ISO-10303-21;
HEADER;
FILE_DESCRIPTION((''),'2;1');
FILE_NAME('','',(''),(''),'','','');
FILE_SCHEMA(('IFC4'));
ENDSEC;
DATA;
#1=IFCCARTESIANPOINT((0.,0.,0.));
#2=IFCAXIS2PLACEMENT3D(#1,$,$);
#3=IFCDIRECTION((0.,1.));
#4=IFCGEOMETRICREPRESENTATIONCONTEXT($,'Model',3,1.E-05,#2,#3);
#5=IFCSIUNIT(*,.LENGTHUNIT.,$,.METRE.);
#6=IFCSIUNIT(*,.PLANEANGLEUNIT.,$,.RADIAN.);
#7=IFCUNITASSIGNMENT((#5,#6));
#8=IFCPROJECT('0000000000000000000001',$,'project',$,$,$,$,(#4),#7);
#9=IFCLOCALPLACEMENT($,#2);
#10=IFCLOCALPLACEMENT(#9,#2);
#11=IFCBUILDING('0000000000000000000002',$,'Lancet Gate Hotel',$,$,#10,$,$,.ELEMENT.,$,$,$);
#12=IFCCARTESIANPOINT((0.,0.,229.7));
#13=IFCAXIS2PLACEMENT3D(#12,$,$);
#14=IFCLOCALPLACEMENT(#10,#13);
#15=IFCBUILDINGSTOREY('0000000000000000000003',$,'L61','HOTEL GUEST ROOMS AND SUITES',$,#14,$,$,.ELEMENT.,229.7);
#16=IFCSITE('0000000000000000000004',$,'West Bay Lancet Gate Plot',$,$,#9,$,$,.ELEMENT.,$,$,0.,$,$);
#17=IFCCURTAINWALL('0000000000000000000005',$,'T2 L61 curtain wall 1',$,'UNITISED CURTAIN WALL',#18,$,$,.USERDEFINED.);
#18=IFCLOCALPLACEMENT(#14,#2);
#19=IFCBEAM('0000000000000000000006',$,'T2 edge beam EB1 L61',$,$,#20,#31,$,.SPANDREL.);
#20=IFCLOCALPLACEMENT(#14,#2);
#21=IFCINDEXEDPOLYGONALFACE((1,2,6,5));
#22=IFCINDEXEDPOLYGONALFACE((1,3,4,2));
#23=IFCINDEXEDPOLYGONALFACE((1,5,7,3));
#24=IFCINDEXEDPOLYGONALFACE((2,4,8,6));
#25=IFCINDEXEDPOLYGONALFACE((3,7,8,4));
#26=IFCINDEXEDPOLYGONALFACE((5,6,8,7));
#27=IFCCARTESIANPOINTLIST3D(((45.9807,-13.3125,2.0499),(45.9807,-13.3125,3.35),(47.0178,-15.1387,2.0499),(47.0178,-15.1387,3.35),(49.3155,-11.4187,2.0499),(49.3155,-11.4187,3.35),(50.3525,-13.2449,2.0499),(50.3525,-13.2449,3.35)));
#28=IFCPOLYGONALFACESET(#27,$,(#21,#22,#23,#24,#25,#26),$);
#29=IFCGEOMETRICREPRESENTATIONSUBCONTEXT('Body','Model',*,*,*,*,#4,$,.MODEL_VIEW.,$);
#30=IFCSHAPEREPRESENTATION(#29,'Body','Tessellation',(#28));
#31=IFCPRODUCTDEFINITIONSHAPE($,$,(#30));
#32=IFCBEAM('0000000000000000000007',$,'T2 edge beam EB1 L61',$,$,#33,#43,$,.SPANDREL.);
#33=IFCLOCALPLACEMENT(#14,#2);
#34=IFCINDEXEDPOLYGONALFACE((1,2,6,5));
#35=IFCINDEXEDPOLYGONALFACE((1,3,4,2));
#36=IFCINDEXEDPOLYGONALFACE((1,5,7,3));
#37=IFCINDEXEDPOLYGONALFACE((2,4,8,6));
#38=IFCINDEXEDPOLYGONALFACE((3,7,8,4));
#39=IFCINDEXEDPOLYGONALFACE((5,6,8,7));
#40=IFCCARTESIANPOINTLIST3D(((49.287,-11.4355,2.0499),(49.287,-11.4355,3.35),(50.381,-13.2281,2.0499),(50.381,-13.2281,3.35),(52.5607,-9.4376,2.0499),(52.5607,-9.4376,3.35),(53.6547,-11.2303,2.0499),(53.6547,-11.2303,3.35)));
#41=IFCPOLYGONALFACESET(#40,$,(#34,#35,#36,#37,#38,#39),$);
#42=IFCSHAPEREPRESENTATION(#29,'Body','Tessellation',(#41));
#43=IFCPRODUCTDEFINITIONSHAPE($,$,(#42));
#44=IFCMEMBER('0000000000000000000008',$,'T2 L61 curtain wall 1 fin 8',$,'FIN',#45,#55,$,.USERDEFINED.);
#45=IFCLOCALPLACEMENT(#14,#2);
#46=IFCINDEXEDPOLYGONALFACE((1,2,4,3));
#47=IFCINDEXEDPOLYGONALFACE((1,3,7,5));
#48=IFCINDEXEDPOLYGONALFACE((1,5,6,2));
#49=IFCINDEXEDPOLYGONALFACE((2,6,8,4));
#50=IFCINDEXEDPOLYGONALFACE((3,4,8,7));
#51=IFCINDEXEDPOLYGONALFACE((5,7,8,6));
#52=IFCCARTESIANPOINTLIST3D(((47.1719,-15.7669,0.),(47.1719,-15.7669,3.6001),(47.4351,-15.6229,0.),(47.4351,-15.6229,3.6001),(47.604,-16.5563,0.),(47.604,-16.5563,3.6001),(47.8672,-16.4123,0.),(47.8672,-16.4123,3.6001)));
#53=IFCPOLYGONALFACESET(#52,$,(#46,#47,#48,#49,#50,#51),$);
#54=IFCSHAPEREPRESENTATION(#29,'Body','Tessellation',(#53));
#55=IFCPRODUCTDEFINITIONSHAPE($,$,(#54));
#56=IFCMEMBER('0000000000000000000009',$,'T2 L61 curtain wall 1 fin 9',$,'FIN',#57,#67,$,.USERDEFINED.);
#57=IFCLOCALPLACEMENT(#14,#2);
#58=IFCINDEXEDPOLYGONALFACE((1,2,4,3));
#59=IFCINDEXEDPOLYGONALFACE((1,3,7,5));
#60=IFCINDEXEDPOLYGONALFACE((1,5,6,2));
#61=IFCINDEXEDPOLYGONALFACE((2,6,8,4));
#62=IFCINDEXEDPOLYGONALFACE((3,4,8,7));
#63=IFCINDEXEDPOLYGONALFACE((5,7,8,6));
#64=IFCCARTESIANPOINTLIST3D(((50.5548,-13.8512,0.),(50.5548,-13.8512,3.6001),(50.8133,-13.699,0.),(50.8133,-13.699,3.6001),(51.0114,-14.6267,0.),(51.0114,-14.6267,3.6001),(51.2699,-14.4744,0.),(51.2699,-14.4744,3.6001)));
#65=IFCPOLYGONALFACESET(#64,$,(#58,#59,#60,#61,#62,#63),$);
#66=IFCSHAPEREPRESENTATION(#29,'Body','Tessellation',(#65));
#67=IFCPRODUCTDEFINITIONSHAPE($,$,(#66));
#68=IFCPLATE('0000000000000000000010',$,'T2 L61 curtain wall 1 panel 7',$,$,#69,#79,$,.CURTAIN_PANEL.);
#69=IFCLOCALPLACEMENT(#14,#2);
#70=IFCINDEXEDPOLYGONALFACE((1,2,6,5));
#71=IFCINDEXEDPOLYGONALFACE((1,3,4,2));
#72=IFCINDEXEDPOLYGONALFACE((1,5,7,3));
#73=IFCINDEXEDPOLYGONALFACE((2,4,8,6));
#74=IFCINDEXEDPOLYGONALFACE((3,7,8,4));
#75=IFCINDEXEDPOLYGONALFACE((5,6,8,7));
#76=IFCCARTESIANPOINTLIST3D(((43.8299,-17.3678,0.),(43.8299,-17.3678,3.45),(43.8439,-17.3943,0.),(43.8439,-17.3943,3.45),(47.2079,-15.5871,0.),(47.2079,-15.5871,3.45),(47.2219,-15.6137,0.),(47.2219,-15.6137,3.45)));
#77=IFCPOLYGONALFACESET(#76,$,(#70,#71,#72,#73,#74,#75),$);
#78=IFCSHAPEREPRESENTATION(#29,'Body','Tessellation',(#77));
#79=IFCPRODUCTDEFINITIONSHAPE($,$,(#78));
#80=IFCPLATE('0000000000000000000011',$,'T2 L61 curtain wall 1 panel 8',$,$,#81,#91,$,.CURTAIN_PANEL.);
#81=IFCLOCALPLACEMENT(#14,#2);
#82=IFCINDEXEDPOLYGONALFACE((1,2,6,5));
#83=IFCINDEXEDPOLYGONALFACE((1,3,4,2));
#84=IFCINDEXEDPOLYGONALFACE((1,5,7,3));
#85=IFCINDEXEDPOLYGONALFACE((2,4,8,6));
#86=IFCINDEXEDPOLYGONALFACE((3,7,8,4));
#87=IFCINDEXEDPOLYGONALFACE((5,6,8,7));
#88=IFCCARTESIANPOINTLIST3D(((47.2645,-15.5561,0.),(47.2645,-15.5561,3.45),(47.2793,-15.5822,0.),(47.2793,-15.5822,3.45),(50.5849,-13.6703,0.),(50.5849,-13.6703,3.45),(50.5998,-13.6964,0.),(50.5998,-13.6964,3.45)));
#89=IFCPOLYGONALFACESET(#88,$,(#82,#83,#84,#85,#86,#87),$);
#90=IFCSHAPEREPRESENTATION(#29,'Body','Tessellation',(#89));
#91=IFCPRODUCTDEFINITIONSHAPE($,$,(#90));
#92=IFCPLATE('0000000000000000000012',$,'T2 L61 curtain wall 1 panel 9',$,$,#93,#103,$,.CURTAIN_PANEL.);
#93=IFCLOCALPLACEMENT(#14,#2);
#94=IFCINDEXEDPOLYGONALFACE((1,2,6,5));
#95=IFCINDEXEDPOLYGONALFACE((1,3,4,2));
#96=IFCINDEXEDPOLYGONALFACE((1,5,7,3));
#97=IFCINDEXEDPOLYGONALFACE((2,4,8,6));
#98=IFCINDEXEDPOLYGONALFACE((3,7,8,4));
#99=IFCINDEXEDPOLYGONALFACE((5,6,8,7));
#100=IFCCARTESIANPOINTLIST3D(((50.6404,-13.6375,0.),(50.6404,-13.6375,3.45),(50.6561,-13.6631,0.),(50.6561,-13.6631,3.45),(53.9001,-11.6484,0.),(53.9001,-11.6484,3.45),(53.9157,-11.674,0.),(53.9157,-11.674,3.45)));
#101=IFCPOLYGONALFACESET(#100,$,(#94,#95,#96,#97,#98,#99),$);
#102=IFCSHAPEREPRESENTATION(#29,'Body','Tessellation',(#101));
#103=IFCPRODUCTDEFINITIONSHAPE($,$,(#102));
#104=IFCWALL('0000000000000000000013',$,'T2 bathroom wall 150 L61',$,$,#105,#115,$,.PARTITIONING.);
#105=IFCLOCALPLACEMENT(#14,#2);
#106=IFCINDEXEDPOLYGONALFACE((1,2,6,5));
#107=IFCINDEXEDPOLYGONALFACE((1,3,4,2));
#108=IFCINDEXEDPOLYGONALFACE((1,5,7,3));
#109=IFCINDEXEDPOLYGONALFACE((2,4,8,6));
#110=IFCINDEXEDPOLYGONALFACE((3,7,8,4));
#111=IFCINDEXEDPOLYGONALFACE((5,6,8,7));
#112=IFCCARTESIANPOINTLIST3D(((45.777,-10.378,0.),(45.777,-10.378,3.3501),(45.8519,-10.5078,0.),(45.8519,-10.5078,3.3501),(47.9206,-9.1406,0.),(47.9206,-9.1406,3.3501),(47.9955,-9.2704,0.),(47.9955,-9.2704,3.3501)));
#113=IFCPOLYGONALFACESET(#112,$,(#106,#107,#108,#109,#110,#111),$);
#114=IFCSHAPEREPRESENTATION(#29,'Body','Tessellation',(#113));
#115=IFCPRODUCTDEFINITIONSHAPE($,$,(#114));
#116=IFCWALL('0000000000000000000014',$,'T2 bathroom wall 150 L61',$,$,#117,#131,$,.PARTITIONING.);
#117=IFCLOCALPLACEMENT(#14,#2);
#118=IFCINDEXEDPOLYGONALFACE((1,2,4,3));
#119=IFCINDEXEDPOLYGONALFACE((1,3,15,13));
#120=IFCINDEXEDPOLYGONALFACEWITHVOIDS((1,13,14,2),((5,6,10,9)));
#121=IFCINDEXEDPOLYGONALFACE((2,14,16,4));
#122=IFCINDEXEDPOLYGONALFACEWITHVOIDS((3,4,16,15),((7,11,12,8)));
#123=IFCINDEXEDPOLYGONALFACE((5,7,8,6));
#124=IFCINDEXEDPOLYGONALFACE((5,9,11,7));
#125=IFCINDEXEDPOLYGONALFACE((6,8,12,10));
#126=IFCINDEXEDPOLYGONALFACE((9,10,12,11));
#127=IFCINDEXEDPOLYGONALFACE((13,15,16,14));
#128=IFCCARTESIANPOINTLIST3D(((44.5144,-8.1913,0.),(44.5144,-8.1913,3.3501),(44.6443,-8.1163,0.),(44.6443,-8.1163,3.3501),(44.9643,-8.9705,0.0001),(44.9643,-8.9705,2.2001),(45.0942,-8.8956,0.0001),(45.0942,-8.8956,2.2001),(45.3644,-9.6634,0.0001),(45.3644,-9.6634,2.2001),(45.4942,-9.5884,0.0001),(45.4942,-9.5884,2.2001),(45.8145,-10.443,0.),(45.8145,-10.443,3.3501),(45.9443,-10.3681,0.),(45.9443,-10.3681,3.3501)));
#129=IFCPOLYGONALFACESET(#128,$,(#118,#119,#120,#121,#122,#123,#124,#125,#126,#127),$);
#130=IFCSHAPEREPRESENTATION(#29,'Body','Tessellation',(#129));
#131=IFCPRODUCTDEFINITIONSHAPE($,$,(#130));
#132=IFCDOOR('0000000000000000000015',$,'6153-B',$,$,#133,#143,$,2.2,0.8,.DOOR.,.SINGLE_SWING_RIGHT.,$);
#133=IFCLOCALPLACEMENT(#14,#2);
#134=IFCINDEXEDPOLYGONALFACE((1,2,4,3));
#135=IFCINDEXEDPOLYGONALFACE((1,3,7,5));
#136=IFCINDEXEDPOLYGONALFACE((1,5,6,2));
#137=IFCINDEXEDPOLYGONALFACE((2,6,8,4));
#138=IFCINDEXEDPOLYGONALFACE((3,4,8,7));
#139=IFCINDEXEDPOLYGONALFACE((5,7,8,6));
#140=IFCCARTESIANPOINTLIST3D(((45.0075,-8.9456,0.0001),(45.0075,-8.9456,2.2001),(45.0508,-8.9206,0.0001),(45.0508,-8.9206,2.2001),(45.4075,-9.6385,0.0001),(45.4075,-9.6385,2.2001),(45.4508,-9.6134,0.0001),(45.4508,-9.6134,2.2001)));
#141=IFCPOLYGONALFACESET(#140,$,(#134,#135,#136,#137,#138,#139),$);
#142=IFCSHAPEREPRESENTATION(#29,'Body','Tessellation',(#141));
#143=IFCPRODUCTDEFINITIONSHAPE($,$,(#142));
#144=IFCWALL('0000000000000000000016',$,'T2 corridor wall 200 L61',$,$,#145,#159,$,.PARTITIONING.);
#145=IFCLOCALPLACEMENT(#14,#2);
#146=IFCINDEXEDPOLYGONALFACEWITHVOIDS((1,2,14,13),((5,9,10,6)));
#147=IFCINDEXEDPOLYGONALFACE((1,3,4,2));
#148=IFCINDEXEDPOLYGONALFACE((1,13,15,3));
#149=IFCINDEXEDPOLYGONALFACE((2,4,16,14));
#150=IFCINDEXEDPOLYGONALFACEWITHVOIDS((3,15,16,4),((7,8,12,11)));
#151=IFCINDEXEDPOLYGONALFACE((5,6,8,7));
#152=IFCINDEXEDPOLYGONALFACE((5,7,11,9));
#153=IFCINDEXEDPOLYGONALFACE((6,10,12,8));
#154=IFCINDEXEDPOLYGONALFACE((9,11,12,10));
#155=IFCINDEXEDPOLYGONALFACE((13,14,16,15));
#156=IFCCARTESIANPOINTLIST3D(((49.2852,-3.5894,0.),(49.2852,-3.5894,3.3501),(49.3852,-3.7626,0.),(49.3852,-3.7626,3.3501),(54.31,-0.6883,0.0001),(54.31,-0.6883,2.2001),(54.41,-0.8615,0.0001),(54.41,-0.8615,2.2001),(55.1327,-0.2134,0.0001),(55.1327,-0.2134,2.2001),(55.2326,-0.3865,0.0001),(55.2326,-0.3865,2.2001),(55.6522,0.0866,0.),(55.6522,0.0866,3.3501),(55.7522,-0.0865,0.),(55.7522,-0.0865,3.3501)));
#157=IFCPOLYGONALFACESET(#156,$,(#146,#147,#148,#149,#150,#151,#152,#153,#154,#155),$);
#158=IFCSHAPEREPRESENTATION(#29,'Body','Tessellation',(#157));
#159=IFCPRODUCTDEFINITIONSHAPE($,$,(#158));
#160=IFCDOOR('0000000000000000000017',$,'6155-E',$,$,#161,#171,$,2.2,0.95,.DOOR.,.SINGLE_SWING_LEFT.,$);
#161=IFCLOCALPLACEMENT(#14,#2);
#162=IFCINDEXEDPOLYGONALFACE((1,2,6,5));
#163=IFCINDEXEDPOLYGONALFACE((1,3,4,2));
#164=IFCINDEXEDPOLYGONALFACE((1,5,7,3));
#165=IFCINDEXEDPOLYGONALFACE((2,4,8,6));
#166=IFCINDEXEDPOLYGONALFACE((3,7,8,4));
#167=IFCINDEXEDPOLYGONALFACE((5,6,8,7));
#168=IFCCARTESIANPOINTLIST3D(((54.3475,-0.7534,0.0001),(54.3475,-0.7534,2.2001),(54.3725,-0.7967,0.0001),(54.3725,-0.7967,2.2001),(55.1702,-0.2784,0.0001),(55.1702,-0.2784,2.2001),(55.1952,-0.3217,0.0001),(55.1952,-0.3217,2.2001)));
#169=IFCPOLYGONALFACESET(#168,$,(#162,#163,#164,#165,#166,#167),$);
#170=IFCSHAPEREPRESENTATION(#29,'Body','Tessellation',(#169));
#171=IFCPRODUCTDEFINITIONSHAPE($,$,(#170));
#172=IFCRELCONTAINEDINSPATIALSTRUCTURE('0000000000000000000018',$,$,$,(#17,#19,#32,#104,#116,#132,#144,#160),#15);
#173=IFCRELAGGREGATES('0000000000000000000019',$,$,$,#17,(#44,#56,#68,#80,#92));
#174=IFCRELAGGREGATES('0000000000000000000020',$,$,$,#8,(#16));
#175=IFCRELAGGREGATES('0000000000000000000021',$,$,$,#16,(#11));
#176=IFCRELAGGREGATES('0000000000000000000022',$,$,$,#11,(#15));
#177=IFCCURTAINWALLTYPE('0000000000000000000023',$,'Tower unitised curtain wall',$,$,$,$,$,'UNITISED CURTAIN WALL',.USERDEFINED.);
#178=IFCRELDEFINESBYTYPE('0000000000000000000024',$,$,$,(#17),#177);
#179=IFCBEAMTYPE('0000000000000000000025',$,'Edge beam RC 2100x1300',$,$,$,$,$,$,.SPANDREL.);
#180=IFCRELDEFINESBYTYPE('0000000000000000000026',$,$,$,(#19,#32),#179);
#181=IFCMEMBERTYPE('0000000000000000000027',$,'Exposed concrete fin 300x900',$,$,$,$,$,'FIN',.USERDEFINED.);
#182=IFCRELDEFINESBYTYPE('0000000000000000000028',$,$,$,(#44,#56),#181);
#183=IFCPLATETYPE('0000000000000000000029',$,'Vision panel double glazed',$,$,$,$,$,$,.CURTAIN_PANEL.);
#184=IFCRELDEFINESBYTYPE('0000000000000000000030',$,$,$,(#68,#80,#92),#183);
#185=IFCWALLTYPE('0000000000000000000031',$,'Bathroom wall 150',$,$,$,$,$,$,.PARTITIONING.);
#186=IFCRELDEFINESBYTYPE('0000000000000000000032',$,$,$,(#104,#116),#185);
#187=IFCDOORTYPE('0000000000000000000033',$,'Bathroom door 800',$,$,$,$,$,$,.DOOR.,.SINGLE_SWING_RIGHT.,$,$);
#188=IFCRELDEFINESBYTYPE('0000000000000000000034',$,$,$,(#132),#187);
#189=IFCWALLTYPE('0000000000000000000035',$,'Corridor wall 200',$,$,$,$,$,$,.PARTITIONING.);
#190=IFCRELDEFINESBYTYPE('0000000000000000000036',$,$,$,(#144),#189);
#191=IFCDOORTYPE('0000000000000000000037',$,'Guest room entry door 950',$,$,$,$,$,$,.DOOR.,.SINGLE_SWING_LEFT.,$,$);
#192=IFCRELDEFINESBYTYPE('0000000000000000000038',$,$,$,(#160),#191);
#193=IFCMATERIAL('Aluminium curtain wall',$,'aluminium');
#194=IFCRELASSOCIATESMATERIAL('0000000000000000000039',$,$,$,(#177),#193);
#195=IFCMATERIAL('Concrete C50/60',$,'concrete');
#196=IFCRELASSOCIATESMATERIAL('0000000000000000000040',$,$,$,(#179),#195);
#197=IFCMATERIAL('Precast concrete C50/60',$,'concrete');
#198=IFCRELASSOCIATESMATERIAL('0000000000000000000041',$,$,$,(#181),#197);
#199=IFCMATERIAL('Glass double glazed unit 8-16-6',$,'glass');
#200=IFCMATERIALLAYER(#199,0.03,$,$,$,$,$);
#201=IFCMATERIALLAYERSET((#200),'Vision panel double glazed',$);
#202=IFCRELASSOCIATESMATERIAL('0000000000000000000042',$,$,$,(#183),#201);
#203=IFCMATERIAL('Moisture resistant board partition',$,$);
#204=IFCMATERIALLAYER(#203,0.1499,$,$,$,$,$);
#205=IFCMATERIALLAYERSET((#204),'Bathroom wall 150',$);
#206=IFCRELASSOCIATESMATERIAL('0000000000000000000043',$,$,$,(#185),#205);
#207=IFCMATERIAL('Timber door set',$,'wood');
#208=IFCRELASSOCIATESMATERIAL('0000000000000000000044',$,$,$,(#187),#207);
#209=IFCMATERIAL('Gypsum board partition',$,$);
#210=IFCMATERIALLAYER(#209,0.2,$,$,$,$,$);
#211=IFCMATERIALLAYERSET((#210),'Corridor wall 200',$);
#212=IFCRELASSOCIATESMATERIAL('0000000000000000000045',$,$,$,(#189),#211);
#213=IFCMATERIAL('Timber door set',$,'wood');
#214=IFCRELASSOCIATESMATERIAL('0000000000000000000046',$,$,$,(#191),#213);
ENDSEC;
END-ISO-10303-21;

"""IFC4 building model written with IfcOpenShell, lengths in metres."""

from ifc_helpers import new_model, si_unit, direction, frame, frame_2d, origin, origin_2d, place, context, subcontext, project, spatial, rectangle, extrude, material, layer, layer_set, material_profile, profile_set, type_object, element, fill, aggregate, save


model = new_model("IFC4")

# Units and contexts
model_context = context("Model", 3, precision=1e-05, world=origin(), true_north=direction((0.0, 1.0)))
body_context = subcontext(model_context, "Body", "Model", "MODEL_VIEW")
ifc_project = project(units=[si_unit("LENGTHUNIT", "METRE"), si_unit("PLANEANGLEUNIT", "RADIAN")], contexts=[model_context])

# Site, building, storey
site_placement = place(None, origin())
site = spatial("IfcSite", under=ifc_project, at=site_placement, Name="West Bay Lancet Gate Plot", CompositionType="ELEMENT", RefElevation=0.0)
building_placement = place(site_placement, origin())
building = spatial("IfcBuilding", under=site, at=building_placement, Name="Lancet Gate Hotel", CompositionType="ELEMENT")
storey_placement = place(building_placement, frame((0.0, 0.0, 229.7)))
storey = spatial("IfcBuildingStorey", under=building, at=storey_placement, Name="L61", Description="HOTEL GUEST ROOMS AND SUITES", CompositionType="ELEMENT", Elevation=229.7)

# Curtain wall
ifc_material_1 = material(Name="Aluminium curtain wall", Category="aluminium")
curtain_wall_type = type_object("IfcCurtainWallType", Name="Tower unitised curtain wall", ElementType="UNITISED CURTAIN WALL", PredefinedType="USERDEFINED", material=ifc_material_1)
curtain_wall_placement = place(storey_placement, origin())
curtain_wall = element("IfcCurtainWall", 1, at=curtain_wall_placement, inside=storey, type_object=curtain_wall_type, Name="T2 L61 curtain wall 1", ObjectType="UNITISED CURTAIN WALL", PredefinedType="USERDEFINED")

# Beams
ifc_material_2 = material(Name="Concrete C50/60", Category="concrete")
ifc_material_profile_1 = material_profile(ifc_material_2, rectangle(XDim=2.1001, YDim=1.3, at=origin_2d()), Name="RC 2100x1300")
ifc_profile_set_1 = profile_set([ifc_material_profile_1], Name="Concrete C50/60")
beam_type = type_object("IfcBeamType", Name="Edge beam RC 2100x1300", PredefinedType="SPANDREL", material=ifc_profile_set_1)
beam_1_placement = place(storey_placement, frame((46.4993, -14.2256, 2.7), z_axis=(0.86956, 0.493827, 0.0), x_axis=(-0.493827, 0.86956, 0.0)))
element("IfcBeam", 2, at=beam_1_placement, inside=storey, type_object=beam_type, Name="T2 edge beam EB1 L61", PredefinedType="SPANDREL", context=body_context, shape_type="SweptSolid", body=[
    extrude(rectangle(XDim=2.1001, YDim=1.3, at=origin_2d()), origin(), (0.0, 0.0, 1.0), 3.835),
])
beam_2_placement = place(storey_placement, frame((49.834, -12.3318, 2.7), z_axis=(0.853604, 0.520922, 0.0), x_axis=(-0.520922, 0.853604, 0.0)))
element("IfcBeam", 3, at=beam_2_placement, inside=storey, type_object=beam_type, Name="T2 edge beam EB1 L61", PredefinedType="SPANDREL", context=body_context, shape_type="SweptSolid", body=[
    extrude(rectangle(XDim=2.1001, YDim=1.3, at=origin_2d()), origin(), (0.0, 0.0, 1.0), 3.8352),
])

# Members
ifc_material_3 = material(Name="Precast concrete C50/60", Category="concrete")
ifc_material_profile_2 = material_profile(ifc_material_3, rectangle(XDim=0.3, YDim=0.8999, at=origin_2d()), Name="FIN 300x900")
ifc_profile_set_2 = profile_set([ifc_material_profile_2], Name="Precast concrete C50/60")
member_type_1 = type_object("IfcMemberType", Name="Exposed concrete fin 300x900", ElementType="FIN", PredefinedType="USERDEFINED", material=ifc_profile_set_2)
member_1_placement = place(storey_placement, frame((47.5195, -16.0896, 0.0), z_axis=(0.0, 0.0, 1.0), x_axis=(0.877195, 0.480135, 0.0)))
member_1 = element("IfcMember", 4, at=member_1_placement, type_object=member_type_1, Name="T2 L61 curtain wall 1 fin 8", ObjectType="FIN", PredefinedType="USERDEFINED", context=body_context, shape_type="SweptSolid", body=[
    extrude(rectangle(XDim=0.3, YDim=0.8999, at=origin_2d()), origin(), (0.0, 0.0, 1.0), 3.6001),
])
member_2_placement = place(storey_placement, frame((50.9124, -14.1628, 0.0), z_axis=(0.0, 0.0, 1.0), x_axis=(0.861692, 0.507432, 0.0)))
member_2 = element("IfcMember", 5, at=member_2_placement, type_object=member_type_1, Name="T2 L61 curtain wall 1 fin 9", ObjectType="FIN", PredefinedType="USERDEFINED", context=body_context, shape_type="SweptSolid", body=[
    extrude(rectangle(XDim=0.3, YDim=0.8999, at=origin_2d()), origin(), (0.0, 0.0, 1.0), 3.6001),
])

# Plates
ifc_material_4 = material(Name="Glass double glazed unit 8-16-6", Category="glass")
ifc_layer_1 = layer(ifc_material_4, 0.03)
ifc_layer_set_1 = layer_set([ifc_layer_1], Name="Vision panel double glazed")
plate_type = type_object("IfcPlateType", Name="Vision panel double glazed", PredefinedType="CURTAIN_PANEL", material=ifc_layer_set_1)
plate_1_placement = place(storey_placement, frame((45.5259, -16.4907, 0.0), z_axis=(0.0, 0.0, 1.0), x_axis=(0.884623, 0.466307, 0.0)))
plate_1 = element("IfcPlate", 6, at=plate_1_placement, type_object=plate_type, Name="T2 L61 curtain wall 1 panel 7", PredefinedType="CURTAIN_PANEL", context=body_context, shape_type="SweptSolid", body=[
    extrude(rectangle(XDim=3.8186, YDim=0.03, at=origin_2d()), origin(), (0.0, 0.0, 1.0), 3.45),
])
plate_2_placement = place(storey_placement, frame((48.9321, -14.6262, 0.0), z_axis=(0.0, 0.0, 1.0), x_axis=(0.86955, 0.493844, 0.0)))
plate_2 = element("IfcPlate", 7, at=plate_2_placement, type_object=plate_type, Name="T2 L61 curtain wall 1 panel 8", PredefinedType="CURTAIN_PANEL", context=body_context, shape_type="SweptSolid", body=[
    extrude(rectangle(XDim=3.8186, YDim=0.03, at=origin_2d()), origin(), (0.0, 0.0, 1.0), 3.45),
])
plate_3_placement = place(storey_placement, frame((52.2781, -12.6558, 0.0), z_axis=(0.0, 0.0, 1.0), x_axis=(0.853621, 0.520895, 0.0)))
plate_3 = element("IfcPlate", 8, at=plate_3_placement, type_object=plate_type, Name="T2 L61 curtain wall 1 panel 9", PredefinedType="CURTAIN_PANEL", context=body_context, shape_type="SweptSolid", body=[
    extrude(rectangle(XDim=3.8186, YDim=0.03, at=origin_2d()), origin(), (0.0, 0.0, 1.0), 3.45),
])
aggregate(curtain_wall, [member_1, member_2, plate_1, plate_2, plate_3])

# Wall
ifc_material_5 = material(Name="Moisture resistant board partition")
ifc_layer_2 = layer(ifc_material_5, 0.1499)
ifc_layer_set_2 = layer_set([ifc_layer_2], Name="Bathroom wall 150")
wall_type_1 = type_object("IfcWallType", Name="Bathroom wall 150", PredefinedType="PARTITIONING", material=ifc_layer_set_2)
wall_1_placement = place(storey_placement, frame((45.8145, -10.4429, 0.0), z_axis=(0.0, 0.0, 1.0), x_axis=(0.866074, 0.499916, 0.0)))
element("IfcWall", 9, at=wall_1_placement, inside=storey, type_object=wall_type_1, Name="T2 bathroom wall 150 L61", PredefinedType="PARTITIONING", context=body_context, shape_type="SweptSolid", body=[
    extrude(rectangle(XDim=2.4751, YDim=0.1499, at=frame_2d((1.2375, 0.0))), origin(), (0.0, 0.0, 1.0), 3.3501),
])

# Walls, openings, doors
wall_2_placement = place(storey_placement, frame((44.5793, -8.1538, 0.0), z_axis=(0.0, 0.0, 1.0), x_axis=(0.500007, -0.866021, 0.0)))
wall_2 = element("IfcWall", 10, at=wall_2_placement, inside=storey, type_object=wall_type_1, Name="T2 bathroom wall 150 L61", PredefinedType="PARTITIONING", context=body_context, shape_type="SweptSolid", body=[
    extrude(rectangle(XDim=2.6001, YDim=0.1499, at=frame_2d((1.3, 0.0))), origin(), (0.0, 0.0, 1.0), 3.3501),
])
opening_1_placement = place(wall_2_placement, frame((0.8999, 0.0, 0.0)))
opening_1 = element("IfcOpeningElement", 11, at=opening_1_placement, cuts=wall_2, PredefinedType="OPENING", context=body_context, shape_type="SweptSolid", body=[
    extrude(rectangle(XDim=0.8, YDim=2.2, at=frame_2d((0.3999, 1.1001))), frame((0.0, 0.085, 0.0), z_axis=(0.0, -1.0, 0.0), x_axis=(1.0, 0.0, 0.0)), (0.0, 0.0, 1.0), 0.1699),
])
ifc_material_6 = material(Name="Timber door set", Category="wood")
door_type_1 = type_object("IfcDoorType", Name="Bathroom door 800", OperationType="SINGLE_SWING_RIGHT", PredefinedType="DOOR", material=ifc_material_6)
door_1_placement = place(opening_1_placement, origin())
door_1 = element("IfcDoor", 12, at=door_1_placement, inside=storey, type_object=door_type_1, Name="6153-B", OperationType="SINGLE_SWING_RIGHT", OverallHeight=2.2, OverallWidth=0.8, PredefinedType="DOOR", context=body_context, shape_type="SweptSolid", body=[
    extrude(rectangle(XDim=0.8, YDim=2.2, at=frame_2d((0.3999, 1.1001))), frame((0.0, 0.0249, 0.0), z_axis=(0.0, -1.0, 0.0), x_axis=(1.0, 0.0, 0.0)), (0.0, 0.0, 1.0), 0.05),
])
fill(opening_1, door_1)
ifc_material_7 = material(Name="Gypsum board partition")
ifc_layer_3 = layer(ifc_material_7, 0.2)
ifc_layer_set_3 = layer_set([ifc_layer_3], Name="Corridor wall 200")
wall_type_2 = type_object("IfcWallType", Name="Corridor wall 200", PredefinedType="PARTITIONING", material=ifc_layer_set_3)
wall_3_placement = place(storey_placement, frame((49.3352, -3.676, 0.0), z_axis=(0.0, 0.0, 1.0), x_axis=(0.866021, 0.500007, 0.0)))
wall_3 = element("IfcWall", 13, at=wall_3_placement, inside=storey, type_object=wall_type_2, Name="T2 corridor wall 200 L61", PredefinedType="PARTITIONING", context=body_context, shape_type="SweptSolid", body=[
    extrude(rectangle(XDim=7.3521, YDim=0.2, at=frame_2d((3.676, 0.0))), origin(), (0.0, 0.0, 1.0), 3.3501),
])
opening_2_placement = place(wall_3_placement, frame((5.802, 0.0, 0.0)))
opening_2 = element("IfcOpeningElement", 14, at=opening_2_placement, cuts=wall_3, PredefinedType="OPENING", context=body_context, shape_type="SweptSolid", body=[
    extrude(rectangle(XDim=0.95, YDim=2.2, at=frame_2d((0.4751, 1.1001))), frame((0.0, 0.1099, 0.0), z_axis=(0.0, -1.0, 0.0), x_axis=(1.0, 0.0, 0.0)), (0.0, 0.0, 1.0), 0.22),
])
ifc_material_8 = material(Name="Timber door set", Category="wood")
door_type_2 = type_object("IfcDoorType", Name="Guest room entry door 950", OperationType="SINGLE_SWING_LEFT", PredefinedType="DOOR", material=ifc_material_8)
door_2_placement = place(opening_2_placement, origin())
door_2 = element("IfcDoor", 15, at=door_2_placement, inside=storey, type_object=door_type_2, Name="6155-E", OperationType="SINGLE_SWING_LEFT", OverallHeight=2.2, OverallWidth=0.95, PredefinedType="DOOR", context=body_context, shape_type="SweptSolid", body=[
    extrude(rectangle(XDim=0.95, YDim=2.2, at=frame_2d((0.4751, 1.1001))), frame((0.0, 0.0249, 0.0), z_axis=(0.0, -1.0, 0.0), x_axis=(1.0, 0.0, 0.0)), (0.0, 0.0, 1.0), 0.05),
])
fill(opening_2, door_2)

save(model, "model.ifc")
